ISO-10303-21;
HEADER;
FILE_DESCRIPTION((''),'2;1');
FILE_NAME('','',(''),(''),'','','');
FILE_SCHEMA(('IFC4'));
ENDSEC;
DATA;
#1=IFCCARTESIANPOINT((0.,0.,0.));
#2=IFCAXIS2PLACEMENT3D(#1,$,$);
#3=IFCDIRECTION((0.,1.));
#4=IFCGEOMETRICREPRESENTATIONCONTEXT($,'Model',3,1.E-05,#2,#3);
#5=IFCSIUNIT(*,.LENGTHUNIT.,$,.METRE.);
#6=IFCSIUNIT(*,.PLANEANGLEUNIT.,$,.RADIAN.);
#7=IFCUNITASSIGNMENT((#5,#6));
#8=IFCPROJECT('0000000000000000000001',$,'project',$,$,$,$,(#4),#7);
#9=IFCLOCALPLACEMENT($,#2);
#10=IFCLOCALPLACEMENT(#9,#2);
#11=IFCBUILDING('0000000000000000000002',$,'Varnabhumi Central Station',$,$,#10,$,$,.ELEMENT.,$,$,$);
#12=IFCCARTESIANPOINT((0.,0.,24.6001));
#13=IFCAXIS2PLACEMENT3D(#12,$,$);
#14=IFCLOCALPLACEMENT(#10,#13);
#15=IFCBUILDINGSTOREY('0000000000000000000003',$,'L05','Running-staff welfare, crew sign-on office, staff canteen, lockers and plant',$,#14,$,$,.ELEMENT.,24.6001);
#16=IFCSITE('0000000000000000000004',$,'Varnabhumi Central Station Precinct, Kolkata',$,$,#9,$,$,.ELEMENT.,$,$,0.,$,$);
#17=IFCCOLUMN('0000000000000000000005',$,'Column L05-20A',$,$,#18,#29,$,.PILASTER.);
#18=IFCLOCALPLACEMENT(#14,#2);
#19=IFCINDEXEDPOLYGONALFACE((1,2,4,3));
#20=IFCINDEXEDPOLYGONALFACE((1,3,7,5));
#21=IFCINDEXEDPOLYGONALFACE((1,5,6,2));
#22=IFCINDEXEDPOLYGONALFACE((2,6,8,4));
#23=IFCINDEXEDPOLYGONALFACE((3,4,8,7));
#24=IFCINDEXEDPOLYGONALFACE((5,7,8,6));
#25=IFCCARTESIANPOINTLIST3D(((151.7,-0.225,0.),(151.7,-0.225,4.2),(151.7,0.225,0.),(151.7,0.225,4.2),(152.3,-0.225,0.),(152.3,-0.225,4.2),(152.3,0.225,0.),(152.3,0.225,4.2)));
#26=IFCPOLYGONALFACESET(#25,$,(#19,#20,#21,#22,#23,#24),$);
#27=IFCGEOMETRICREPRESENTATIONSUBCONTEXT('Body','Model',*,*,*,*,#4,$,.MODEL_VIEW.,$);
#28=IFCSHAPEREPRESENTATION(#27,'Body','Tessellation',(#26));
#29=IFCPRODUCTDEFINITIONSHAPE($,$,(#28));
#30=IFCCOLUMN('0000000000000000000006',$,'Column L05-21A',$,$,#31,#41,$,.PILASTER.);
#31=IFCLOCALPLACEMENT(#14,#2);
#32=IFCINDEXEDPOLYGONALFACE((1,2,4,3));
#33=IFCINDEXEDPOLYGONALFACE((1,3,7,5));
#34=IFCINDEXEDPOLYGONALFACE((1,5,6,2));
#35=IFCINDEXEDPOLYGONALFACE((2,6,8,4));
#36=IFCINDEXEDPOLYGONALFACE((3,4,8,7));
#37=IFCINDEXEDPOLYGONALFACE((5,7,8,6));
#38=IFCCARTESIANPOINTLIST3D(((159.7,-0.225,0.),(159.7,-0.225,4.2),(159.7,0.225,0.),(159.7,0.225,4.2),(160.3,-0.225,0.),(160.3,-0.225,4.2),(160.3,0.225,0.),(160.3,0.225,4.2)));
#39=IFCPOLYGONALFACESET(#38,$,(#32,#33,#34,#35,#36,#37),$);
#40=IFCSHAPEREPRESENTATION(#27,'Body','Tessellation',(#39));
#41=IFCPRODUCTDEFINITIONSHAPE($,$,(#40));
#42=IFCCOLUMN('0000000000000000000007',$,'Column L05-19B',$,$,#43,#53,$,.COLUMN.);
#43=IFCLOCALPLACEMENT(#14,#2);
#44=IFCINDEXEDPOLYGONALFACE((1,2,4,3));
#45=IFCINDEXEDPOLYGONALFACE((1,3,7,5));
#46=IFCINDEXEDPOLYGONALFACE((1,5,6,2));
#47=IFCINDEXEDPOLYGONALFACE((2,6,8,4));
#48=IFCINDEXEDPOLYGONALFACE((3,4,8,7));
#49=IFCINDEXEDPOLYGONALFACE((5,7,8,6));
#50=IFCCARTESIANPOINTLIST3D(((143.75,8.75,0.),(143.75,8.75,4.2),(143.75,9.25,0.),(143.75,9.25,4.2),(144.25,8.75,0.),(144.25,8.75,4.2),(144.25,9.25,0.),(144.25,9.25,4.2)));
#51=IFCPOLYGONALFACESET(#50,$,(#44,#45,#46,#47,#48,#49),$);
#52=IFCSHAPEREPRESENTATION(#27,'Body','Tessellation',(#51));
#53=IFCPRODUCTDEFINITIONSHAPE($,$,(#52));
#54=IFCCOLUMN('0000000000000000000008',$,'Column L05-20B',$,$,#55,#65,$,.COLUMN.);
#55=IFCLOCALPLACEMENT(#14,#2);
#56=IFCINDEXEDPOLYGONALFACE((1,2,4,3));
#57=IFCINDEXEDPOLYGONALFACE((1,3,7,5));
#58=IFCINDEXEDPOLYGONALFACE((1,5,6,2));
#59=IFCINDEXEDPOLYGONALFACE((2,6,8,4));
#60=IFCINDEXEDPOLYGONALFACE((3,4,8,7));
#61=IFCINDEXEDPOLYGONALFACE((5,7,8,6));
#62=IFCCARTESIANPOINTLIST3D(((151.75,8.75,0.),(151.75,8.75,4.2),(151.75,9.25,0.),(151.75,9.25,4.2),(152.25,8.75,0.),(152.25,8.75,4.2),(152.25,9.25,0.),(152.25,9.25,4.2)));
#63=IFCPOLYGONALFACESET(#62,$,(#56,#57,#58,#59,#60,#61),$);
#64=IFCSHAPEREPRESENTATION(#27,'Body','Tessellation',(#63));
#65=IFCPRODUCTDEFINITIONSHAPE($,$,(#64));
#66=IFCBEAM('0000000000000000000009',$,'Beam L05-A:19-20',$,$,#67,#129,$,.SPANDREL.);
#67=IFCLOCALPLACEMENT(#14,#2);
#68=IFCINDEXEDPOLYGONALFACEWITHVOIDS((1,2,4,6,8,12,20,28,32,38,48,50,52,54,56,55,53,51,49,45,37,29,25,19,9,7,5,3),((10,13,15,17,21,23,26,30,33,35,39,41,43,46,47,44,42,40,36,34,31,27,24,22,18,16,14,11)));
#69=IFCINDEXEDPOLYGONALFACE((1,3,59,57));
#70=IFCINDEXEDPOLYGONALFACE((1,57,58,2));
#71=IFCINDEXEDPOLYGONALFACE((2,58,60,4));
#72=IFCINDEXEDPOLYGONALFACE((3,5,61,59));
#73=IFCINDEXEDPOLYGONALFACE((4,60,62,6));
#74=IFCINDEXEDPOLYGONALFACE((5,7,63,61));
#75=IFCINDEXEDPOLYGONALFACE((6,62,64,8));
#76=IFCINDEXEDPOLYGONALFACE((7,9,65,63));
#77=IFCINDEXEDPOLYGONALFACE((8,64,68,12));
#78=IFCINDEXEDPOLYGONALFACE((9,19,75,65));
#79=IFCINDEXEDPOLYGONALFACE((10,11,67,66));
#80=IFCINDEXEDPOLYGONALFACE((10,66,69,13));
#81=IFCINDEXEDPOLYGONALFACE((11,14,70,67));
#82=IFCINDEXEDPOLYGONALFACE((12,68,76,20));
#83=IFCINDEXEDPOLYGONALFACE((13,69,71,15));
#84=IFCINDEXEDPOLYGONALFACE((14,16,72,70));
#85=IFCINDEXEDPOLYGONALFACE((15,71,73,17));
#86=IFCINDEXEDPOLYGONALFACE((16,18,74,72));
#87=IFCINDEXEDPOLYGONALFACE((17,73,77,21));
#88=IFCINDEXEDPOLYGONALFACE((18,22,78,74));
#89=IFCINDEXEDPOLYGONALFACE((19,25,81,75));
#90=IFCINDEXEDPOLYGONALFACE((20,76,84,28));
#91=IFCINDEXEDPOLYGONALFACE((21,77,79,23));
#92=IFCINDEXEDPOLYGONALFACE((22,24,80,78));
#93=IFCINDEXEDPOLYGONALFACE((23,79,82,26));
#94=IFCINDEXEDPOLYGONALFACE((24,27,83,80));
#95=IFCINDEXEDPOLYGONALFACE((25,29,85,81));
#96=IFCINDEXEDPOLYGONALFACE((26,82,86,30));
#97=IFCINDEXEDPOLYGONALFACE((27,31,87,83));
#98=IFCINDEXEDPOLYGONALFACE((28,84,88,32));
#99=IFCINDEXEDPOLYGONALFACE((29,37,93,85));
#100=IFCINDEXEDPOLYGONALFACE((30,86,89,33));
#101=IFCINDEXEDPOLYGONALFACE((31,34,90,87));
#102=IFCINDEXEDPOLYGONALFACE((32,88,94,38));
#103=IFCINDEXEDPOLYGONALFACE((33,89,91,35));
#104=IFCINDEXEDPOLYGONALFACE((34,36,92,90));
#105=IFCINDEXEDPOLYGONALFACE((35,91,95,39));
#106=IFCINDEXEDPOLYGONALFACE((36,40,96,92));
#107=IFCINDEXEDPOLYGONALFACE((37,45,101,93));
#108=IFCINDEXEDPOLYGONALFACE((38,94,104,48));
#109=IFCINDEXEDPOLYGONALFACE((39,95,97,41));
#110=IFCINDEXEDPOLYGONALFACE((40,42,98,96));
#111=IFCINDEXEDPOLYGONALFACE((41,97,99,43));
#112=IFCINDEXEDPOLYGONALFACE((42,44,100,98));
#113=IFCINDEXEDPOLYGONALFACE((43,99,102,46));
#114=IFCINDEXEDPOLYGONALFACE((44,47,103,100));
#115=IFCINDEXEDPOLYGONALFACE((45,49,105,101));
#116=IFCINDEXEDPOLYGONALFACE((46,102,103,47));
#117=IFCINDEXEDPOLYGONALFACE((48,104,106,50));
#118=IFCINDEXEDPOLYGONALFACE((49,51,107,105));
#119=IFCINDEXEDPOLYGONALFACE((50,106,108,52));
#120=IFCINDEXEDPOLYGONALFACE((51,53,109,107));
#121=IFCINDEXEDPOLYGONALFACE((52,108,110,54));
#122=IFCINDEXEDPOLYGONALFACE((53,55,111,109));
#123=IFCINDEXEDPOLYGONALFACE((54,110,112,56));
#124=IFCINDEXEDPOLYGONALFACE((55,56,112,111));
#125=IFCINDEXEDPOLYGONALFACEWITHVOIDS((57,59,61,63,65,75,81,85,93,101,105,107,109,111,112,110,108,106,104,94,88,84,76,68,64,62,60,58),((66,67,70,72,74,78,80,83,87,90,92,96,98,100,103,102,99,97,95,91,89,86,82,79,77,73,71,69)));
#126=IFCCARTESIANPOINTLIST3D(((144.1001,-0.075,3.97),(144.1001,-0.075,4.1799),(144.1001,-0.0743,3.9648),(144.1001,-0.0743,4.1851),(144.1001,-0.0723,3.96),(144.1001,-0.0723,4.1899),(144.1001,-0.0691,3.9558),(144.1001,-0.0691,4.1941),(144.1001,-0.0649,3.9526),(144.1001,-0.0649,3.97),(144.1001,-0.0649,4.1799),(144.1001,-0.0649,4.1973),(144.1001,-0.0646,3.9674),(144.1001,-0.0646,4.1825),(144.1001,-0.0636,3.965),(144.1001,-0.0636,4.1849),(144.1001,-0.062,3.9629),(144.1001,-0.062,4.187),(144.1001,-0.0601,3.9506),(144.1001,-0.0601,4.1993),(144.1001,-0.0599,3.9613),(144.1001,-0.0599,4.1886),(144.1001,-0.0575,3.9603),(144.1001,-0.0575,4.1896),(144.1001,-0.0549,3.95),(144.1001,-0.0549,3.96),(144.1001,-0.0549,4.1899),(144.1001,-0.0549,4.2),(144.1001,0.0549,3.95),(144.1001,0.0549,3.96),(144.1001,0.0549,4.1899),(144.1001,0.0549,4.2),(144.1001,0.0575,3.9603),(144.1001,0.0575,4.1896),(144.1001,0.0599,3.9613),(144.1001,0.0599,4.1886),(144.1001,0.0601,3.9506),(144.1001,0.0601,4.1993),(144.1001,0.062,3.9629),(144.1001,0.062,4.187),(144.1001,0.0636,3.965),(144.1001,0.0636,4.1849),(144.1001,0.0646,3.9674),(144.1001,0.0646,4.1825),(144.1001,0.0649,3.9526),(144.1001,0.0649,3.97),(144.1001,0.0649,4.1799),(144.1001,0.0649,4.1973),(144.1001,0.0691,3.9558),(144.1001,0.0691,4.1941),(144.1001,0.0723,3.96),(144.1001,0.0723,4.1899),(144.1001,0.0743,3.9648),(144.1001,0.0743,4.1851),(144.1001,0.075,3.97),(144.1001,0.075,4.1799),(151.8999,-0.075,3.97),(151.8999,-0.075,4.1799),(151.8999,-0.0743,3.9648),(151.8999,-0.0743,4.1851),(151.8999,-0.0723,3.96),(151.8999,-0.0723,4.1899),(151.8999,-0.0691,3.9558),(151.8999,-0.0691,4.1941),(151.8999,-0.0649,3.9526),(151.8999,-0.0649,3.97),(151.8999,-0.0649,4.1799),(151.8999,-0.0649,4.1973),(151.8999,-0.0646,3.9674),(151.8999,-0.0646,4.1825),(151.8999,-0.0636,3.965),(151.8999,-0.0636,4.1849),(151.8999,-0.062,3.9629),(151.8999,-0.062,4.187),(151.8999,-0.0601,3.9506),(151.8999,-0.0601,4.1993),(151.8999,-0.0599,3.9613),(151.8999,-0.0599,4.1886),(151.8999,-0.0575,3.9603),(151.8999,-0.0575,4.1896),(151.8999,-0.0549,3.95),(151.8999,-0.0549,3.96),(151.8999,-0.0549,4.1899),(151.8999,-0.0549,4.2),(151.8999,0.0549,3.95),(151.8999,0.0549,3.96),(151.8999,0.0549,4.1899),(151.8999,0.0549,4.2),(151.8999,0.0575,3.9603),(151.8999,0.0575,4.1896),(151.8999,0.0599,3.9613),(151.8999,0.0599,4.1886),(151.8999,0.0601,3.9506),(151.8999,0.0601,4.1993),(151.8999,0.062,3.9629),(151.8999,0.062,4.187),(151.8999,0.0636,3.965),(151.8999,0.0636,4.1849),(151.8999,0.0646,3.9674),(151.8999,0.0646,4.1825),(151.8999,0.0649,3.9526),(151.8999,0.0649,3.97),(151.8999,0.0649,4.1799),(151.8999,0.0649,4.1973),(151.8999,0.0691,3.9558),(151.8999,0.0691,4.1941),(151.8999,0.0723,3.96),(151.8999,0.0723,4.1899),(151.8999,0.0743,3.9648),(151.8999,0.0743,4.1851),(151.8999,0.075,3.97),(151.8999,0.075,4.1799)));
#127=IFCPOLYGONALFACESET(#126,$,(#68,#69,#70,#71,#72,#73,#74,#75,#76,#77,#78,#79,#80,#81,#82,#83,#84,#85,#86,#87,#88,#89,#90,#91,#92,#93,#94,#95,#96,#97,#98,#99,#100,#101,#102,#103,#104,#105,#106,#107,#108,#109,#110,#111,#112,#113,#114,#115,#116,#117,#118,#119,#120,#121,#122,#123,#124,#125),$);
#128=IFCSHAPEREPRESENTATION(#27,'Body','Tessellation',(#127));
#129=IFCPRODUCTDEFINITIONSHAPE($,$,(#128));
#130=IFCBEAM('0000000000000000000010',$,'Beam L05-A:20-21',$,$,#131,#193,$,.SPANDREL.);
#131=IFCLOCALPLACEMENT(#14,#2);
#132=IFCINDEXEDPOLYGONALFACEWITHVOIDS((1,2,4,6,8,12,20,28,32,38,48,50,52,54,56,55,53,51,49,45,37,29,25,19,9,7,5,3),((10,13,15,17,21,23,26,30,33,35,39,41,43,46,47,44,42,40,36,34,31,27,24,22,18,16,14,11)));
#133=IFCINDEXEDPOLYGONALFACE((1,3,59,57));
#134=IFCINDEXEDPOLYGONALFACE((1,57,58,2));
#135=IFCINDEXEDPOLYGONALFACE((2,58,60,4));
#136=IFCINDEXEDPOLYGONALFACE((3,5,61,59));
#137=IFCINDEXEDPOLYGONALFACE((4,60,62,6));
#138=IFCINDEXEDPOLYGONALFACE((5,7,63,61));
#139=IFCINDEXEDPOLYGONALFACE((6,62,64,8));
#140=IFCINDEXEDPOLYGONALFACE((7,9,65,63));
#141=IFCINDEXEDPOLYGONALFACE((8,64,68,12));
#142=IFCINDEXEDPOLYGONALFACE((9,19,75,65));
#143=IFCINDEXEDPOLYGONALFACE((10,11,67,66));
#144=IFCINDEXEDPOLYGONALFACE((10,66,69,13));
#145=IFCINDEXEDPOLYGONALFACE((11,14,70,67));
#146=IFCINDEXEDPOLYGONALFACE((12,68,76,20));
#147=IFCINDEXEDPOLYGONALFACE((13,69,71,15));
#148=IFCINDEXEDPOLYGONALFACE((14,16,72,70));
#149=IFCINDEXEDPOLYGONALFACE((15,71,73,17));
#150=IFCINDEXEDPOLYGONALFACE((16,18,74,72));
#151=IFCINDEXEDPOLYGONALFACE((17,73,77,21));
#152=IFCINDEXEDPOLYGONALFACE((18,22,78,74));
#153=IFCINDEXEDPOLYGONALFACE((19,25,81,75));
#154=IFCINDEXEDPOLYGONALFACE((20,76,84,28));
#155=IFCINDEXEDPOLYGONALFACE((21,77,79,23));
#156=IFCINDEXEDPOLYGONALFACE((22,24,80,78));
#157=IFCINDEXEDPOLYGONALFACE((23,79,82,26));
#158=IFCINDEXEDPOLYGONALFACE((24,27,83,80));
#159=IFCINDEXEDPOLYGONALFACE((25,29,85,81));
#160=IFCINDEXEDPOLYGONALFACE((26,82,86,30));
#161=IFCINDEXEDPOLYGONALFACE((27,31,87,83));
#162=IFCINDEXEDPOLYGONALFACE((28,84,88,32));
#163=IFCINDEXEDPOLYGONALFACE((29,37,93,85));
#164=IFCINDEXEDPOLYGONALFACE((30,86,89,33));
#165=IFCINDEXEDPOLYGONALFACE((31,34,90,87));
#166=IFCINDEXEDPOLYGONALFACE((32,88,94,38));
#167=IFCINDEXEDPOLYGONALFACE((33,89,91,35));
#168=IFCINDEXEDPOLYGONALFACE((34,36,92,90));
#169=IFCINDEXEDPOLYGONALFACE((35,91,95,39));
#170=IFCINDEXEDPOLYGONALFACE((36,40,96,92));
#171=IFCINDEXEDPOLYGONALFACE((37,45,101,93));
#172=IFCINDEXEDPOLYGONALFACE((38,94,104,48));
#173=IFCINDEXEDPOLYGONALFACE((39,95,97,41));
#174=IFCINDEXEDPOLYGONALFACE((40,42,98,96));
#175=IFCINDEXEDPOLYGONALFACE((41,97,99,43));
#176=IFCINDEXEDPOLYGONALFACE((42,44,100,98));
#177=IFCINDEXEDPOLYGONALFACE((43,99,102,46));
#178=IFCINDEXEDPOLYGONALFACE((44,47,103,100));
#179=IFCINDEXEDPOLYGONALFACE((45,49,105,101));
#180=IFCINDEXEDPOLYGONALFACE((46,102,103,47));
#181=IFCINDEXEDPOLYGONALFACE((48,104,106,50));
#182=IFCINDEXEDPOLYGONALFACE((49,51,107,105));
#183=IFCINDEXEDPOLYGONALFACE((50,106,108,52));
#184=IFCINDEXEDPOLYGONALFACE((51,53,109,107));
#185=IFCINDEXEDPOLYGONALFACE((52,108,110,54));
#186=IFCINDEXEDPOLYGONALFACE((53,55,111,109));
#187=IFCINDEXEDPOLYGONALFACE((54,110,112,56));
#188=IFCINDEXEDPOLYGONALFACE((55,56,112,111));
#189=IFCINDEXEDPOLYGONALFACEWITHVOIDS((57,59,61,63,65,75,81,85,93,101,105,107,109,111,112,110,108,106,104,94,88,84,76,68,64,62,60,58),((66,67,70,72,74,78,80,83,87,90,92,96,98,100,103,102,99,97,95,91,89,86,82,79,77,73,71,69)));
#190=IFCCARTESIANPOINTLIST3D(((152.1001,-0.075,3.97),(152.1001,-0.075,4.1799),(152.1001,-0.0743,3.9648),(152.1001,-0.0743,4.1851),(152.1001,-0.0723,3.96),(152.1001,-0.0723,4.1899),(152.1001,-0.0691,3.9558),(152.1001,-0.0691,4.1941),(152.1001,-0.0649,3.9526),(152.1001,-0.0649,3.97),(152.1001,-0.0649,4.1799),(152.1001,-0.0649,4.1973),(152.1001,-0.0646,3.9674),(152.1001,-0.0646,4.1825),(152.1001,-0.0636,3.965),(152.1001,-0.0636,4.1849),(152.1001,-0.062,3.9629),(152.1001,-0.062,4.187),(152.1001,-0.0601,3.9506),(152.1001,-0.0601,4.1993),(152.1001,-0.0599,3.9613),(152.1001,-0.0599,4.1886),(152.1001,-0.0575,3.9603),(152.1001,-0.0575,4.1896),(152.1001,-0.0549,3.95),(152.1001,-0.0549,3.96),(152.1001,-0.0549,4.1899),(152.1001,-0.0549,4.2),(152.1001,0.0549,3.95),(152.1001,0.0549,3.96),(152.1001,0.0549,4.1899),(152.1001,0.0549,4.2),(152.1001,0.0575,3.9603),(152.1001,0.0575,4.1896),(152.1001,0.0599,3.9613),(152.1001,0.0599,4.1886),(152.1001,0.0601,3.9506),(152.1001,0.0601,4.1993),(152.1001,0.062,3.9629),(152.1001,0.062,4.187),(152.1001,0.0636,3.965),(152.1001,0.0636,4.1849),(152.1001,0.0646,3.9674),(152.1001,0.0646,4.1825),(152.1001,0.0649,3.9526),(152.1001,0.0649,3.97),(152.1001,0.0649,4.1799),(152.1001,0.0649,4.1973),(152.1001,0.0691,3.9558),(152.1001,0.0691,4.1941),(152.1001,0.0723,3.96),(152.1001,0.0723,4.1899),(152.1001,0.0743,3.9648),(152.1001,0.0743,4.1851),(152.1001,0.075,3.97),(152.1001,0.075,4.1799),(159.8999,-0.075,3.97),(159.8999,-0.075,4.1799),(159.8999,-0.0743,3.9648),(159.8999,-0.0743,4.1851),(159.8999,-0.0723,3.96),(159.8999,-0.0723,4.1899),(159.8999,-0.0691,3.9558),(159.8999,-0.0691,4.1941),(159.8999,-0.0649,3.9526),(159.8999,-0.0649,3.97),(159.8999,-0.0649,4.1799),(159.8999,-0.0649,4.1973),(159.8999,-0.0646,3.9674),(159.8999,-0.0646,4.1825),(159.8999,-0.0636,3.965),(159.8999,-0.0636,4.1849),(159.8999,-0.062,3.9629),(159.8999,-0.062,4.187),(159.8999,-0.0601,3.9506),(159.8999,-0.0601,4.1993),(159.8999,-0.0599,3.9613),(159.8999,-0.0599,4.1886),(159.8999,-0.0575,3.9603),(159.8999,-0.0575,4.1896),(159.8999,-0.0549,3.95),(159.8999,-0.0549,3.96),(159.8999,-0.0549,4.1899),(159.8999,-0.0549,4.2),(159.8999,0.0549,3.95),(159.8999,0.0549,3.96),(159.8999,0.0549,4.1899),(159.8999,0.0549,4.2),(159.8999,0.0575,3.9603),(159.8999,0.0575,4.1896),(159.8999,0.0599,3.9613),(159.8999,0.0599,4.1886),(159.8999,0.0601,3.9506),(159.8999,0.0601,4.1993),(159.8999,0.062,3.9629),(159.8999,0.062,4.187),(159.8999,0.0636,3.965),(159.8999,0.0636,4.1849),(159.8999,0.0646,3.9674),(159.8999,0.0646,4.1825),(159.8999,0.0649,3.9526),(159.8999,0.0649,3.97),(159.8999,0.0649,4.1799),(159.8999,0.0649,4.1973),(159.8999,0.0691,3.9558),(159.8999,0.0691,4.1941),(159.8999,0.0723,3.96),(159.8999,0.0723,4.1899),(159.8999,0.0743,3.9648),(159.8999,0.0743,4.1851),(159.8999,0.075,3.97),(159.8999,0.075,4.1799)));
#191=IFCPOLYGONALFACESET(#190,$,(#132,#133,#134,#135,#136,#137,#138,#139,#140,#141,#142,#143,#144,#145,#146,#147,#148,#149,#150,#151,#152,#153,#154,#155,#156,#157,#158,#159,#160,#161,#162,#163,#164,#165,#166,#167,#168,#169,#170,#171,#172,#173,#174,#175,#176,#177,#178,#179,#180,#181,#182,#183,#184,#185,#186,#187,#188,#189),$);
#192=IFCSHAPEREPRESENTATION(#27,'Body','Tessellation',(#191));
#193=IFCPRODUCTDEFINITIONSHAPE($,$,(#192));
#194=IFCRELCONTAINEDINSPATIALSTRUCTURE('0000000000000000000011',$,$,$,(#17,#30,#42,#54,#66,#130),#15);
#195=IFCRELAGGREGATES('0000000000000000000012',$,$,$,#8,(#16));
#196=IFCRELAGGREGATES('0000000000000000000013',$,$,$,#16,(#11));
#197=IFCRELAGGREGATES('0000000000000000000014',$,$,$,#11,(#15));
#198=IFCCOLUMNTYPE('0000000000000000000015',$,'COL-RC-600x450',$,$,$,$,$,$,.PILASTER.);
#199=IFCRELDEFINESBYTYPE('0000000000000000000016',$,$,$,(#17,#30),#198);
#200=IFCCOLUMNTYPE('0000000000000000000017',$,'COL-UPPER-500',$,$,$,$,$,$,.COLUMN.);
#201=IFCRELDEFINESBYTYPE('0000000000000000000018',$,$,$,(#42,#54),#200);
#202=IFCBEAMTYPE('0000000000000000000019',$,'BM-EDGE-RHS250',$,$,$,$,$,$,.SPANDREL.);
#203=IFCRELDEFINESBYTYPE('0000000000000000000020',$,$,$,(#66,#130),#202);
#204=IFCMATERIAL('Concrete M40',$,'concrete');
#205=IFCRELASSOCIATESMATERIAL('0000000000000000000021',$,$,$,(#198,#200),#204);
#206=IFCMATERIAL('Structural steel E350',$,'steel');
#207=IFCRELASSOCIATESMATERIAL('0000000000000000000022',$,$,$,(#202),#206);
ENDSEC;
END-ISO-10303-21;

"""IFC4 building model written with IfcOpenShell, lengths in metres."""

from ifc_helpers import new_model, si_unit, direction, frame, origin, origin_2d, place, context, subcontext, project, spatial, rectangle, hollow_rectangle, extrude, material, material_profile, profile_set, type_object, element, save


model = new_model("IFC4")

# Units and contexts
model_context = context("Model", 3, precision=1e-05, world=origin(), true_north=direction((0.0, 1.0)))
body_context = subcontext(model_context, "Body", "Model", "MODEL_VIEW")
ifc_project = project(units=[si_unit("LENGTHUNIT", "METRE"), si_unit("PLANEANGLEUNIT", "RADIAN")], contexts=[model_context])

# Site, building, storey
site_placement = place(None, origin())
site = spatial("IfcSite", under=ifc_project, at=site_placement, Name="Varnabhumi Central Station Precinct, Kolkata", CompositionType="ELEMENT", RefElevation=0.0)
building_placement = place(site_placement, origin())
building = spatial("IfcBuilding", under=site, at=building_placement, Name="Varnabhumi Central Station", CompositionType="ELEMENT")
storey_placement = place(building_placement, frame((0.0, 0.0, 24.6001)))
storey = spatial("IfcBuildingStorey", under=building, at=storey_placement, Name="L05", Description="Running-staff welfare, crew sign-on office, staff canteen, lockers and plant", CompositionType="ELEMENT", Elevation=24.6001)

# Columns
ifc_material_1 = material(Name="Concrete M40", Category="concrete")
ifc_material_profile_1 = material_profile(ifc_material_1, rectangle(XDim=0.6001, YDim=0.45, at=origin_2d()), Name="Concrete M40", Category="concrete")
ifc_profile_set_1 = profile_set([ifc_material_profile_1], Name="Concrete M40")
column_type_1 = type_object("IfcColumnType", Name="COL-RC-600x450", PredefinedType="PILASTER", material=ifc_profile_set_1)
for number, where, z_axis, x_axis, name in (
    (1, (152.0, 0.0, 0.0), (0.0, 0.0, 1.0), (1.0, 0.0, 0.0), "Column L05-20A"),
    (2, (160.0, 0.0, 0.0), (0.0, 0.0, 1.0), (1.0, 0.0, 0.0), "Column L05-21A"),
):
    element("IfcColumn", number, at=place(storey_placement, frame(where, z_axis=z_axis, x_axis=x_axis)), inside=storey, type_object=column_type_1, Name=name, PredefinedType="PILASTER", context=body_context, shape_type="SweptSolid", body=[
        extrude(rectangle(XDim=0.6001, YDim=0.45, at=origin_2d()), origin(), (0.0, 0.0, 1.0), 4.2),
    ])
ifc_material_profile_2 = material_profile(ifc_material_1, rectangle(XDim=0.5, YDim=0.5, at=origin_2d()), Name="Concrete M40", Category="concrete")
ifc_profile_set_2 = profile_set([ifc_material_profile_2], Name="Concrete M40")
column_type_2 = type_object("IfcColumnType", Name="COL-UPPER-500", PredefinedType="COLUMN", material=ifc_profile_set_2)
for number, where, z_axis, x_axis, name in (
    (3, (144.0, 9.0, 0.0), (0.0, 0.0, 1.0), (1.0, 0.0, 0.0), "Column L05-19B"),
    (4, (152.0, 9.0, 0.0), (0.0, 0.0, 1.0), (1.0, 0.0, 0.0), "Column L05-20B"),
):
    element("IfcColumn", number, at=place(storey_placement, frame(where, z_axis=z_axis, x_axis=x_axis)), inside=storey, type_object=column_type_2, Name=name, PredefinedType="COLUMN", context=body_context, shape_type="SweptSolid", body=[
        extrude(rectangle(XDim=0.5, YDim=0.5, at=origin_2d()), origin(), (0.0, 0.0, 1.0), 4.2),
    ])

# Beams
ifc_material_2 = material(Name="Structural steel E350", Category="steel")
ifc_material_profile_3 = material_profile(ifc_material_2, hollow_rectangle(XDim=0.1499, YDim=0.25, WallThickness=0.01, InnerFilletRadius=0.01, OuterFilletRadius=0.02, at=origin_2d()), Name="Structural steel E350", Category="steel")
ifc_profile_set_3 = profile_set([ifc_material_profile_3], Name="Structural steel E350")
beam_type_1 = type_object("IfcBeamType", Name="BM-EDGE-RHS250", PredefinedType="SPANDREL", material=ifc_profile_set_3)
for number, where, z_axis, x_axis, name in (
    (5, (144.1001, 0.0, 4.075), (1.0, 0.0, 0.0), (0.0, 1.0, 0.0), "Beam L05-A:19-20"),
    (6, (152.1001, 0.0, 4.075), (1.0, 0.0, 0.0), (0.0, 1.0, 0.0), "Beam L05-A:20-21"),
):
    element("IfcBeam", number, at=place(storey_placement, frame(where, z_axis=z_axis, x_axis=x_axis)), inside=storey, type_object=beam_type_1, Name=name, PredefinedType="SPANDREL", context=body_context, shape_type="SweptSolid", body=[
        extrude(hollow_rectangle(XDim=0.1499, YDim=0.25, WallThickness=0.01, InnerFilletRadius=0.01, OuterFilletRadius=0.02, at=origin_2d()), origin(), (0.0, 0.0, 1.0), 7.7998),
    ])

save(model, "model.ifc")
